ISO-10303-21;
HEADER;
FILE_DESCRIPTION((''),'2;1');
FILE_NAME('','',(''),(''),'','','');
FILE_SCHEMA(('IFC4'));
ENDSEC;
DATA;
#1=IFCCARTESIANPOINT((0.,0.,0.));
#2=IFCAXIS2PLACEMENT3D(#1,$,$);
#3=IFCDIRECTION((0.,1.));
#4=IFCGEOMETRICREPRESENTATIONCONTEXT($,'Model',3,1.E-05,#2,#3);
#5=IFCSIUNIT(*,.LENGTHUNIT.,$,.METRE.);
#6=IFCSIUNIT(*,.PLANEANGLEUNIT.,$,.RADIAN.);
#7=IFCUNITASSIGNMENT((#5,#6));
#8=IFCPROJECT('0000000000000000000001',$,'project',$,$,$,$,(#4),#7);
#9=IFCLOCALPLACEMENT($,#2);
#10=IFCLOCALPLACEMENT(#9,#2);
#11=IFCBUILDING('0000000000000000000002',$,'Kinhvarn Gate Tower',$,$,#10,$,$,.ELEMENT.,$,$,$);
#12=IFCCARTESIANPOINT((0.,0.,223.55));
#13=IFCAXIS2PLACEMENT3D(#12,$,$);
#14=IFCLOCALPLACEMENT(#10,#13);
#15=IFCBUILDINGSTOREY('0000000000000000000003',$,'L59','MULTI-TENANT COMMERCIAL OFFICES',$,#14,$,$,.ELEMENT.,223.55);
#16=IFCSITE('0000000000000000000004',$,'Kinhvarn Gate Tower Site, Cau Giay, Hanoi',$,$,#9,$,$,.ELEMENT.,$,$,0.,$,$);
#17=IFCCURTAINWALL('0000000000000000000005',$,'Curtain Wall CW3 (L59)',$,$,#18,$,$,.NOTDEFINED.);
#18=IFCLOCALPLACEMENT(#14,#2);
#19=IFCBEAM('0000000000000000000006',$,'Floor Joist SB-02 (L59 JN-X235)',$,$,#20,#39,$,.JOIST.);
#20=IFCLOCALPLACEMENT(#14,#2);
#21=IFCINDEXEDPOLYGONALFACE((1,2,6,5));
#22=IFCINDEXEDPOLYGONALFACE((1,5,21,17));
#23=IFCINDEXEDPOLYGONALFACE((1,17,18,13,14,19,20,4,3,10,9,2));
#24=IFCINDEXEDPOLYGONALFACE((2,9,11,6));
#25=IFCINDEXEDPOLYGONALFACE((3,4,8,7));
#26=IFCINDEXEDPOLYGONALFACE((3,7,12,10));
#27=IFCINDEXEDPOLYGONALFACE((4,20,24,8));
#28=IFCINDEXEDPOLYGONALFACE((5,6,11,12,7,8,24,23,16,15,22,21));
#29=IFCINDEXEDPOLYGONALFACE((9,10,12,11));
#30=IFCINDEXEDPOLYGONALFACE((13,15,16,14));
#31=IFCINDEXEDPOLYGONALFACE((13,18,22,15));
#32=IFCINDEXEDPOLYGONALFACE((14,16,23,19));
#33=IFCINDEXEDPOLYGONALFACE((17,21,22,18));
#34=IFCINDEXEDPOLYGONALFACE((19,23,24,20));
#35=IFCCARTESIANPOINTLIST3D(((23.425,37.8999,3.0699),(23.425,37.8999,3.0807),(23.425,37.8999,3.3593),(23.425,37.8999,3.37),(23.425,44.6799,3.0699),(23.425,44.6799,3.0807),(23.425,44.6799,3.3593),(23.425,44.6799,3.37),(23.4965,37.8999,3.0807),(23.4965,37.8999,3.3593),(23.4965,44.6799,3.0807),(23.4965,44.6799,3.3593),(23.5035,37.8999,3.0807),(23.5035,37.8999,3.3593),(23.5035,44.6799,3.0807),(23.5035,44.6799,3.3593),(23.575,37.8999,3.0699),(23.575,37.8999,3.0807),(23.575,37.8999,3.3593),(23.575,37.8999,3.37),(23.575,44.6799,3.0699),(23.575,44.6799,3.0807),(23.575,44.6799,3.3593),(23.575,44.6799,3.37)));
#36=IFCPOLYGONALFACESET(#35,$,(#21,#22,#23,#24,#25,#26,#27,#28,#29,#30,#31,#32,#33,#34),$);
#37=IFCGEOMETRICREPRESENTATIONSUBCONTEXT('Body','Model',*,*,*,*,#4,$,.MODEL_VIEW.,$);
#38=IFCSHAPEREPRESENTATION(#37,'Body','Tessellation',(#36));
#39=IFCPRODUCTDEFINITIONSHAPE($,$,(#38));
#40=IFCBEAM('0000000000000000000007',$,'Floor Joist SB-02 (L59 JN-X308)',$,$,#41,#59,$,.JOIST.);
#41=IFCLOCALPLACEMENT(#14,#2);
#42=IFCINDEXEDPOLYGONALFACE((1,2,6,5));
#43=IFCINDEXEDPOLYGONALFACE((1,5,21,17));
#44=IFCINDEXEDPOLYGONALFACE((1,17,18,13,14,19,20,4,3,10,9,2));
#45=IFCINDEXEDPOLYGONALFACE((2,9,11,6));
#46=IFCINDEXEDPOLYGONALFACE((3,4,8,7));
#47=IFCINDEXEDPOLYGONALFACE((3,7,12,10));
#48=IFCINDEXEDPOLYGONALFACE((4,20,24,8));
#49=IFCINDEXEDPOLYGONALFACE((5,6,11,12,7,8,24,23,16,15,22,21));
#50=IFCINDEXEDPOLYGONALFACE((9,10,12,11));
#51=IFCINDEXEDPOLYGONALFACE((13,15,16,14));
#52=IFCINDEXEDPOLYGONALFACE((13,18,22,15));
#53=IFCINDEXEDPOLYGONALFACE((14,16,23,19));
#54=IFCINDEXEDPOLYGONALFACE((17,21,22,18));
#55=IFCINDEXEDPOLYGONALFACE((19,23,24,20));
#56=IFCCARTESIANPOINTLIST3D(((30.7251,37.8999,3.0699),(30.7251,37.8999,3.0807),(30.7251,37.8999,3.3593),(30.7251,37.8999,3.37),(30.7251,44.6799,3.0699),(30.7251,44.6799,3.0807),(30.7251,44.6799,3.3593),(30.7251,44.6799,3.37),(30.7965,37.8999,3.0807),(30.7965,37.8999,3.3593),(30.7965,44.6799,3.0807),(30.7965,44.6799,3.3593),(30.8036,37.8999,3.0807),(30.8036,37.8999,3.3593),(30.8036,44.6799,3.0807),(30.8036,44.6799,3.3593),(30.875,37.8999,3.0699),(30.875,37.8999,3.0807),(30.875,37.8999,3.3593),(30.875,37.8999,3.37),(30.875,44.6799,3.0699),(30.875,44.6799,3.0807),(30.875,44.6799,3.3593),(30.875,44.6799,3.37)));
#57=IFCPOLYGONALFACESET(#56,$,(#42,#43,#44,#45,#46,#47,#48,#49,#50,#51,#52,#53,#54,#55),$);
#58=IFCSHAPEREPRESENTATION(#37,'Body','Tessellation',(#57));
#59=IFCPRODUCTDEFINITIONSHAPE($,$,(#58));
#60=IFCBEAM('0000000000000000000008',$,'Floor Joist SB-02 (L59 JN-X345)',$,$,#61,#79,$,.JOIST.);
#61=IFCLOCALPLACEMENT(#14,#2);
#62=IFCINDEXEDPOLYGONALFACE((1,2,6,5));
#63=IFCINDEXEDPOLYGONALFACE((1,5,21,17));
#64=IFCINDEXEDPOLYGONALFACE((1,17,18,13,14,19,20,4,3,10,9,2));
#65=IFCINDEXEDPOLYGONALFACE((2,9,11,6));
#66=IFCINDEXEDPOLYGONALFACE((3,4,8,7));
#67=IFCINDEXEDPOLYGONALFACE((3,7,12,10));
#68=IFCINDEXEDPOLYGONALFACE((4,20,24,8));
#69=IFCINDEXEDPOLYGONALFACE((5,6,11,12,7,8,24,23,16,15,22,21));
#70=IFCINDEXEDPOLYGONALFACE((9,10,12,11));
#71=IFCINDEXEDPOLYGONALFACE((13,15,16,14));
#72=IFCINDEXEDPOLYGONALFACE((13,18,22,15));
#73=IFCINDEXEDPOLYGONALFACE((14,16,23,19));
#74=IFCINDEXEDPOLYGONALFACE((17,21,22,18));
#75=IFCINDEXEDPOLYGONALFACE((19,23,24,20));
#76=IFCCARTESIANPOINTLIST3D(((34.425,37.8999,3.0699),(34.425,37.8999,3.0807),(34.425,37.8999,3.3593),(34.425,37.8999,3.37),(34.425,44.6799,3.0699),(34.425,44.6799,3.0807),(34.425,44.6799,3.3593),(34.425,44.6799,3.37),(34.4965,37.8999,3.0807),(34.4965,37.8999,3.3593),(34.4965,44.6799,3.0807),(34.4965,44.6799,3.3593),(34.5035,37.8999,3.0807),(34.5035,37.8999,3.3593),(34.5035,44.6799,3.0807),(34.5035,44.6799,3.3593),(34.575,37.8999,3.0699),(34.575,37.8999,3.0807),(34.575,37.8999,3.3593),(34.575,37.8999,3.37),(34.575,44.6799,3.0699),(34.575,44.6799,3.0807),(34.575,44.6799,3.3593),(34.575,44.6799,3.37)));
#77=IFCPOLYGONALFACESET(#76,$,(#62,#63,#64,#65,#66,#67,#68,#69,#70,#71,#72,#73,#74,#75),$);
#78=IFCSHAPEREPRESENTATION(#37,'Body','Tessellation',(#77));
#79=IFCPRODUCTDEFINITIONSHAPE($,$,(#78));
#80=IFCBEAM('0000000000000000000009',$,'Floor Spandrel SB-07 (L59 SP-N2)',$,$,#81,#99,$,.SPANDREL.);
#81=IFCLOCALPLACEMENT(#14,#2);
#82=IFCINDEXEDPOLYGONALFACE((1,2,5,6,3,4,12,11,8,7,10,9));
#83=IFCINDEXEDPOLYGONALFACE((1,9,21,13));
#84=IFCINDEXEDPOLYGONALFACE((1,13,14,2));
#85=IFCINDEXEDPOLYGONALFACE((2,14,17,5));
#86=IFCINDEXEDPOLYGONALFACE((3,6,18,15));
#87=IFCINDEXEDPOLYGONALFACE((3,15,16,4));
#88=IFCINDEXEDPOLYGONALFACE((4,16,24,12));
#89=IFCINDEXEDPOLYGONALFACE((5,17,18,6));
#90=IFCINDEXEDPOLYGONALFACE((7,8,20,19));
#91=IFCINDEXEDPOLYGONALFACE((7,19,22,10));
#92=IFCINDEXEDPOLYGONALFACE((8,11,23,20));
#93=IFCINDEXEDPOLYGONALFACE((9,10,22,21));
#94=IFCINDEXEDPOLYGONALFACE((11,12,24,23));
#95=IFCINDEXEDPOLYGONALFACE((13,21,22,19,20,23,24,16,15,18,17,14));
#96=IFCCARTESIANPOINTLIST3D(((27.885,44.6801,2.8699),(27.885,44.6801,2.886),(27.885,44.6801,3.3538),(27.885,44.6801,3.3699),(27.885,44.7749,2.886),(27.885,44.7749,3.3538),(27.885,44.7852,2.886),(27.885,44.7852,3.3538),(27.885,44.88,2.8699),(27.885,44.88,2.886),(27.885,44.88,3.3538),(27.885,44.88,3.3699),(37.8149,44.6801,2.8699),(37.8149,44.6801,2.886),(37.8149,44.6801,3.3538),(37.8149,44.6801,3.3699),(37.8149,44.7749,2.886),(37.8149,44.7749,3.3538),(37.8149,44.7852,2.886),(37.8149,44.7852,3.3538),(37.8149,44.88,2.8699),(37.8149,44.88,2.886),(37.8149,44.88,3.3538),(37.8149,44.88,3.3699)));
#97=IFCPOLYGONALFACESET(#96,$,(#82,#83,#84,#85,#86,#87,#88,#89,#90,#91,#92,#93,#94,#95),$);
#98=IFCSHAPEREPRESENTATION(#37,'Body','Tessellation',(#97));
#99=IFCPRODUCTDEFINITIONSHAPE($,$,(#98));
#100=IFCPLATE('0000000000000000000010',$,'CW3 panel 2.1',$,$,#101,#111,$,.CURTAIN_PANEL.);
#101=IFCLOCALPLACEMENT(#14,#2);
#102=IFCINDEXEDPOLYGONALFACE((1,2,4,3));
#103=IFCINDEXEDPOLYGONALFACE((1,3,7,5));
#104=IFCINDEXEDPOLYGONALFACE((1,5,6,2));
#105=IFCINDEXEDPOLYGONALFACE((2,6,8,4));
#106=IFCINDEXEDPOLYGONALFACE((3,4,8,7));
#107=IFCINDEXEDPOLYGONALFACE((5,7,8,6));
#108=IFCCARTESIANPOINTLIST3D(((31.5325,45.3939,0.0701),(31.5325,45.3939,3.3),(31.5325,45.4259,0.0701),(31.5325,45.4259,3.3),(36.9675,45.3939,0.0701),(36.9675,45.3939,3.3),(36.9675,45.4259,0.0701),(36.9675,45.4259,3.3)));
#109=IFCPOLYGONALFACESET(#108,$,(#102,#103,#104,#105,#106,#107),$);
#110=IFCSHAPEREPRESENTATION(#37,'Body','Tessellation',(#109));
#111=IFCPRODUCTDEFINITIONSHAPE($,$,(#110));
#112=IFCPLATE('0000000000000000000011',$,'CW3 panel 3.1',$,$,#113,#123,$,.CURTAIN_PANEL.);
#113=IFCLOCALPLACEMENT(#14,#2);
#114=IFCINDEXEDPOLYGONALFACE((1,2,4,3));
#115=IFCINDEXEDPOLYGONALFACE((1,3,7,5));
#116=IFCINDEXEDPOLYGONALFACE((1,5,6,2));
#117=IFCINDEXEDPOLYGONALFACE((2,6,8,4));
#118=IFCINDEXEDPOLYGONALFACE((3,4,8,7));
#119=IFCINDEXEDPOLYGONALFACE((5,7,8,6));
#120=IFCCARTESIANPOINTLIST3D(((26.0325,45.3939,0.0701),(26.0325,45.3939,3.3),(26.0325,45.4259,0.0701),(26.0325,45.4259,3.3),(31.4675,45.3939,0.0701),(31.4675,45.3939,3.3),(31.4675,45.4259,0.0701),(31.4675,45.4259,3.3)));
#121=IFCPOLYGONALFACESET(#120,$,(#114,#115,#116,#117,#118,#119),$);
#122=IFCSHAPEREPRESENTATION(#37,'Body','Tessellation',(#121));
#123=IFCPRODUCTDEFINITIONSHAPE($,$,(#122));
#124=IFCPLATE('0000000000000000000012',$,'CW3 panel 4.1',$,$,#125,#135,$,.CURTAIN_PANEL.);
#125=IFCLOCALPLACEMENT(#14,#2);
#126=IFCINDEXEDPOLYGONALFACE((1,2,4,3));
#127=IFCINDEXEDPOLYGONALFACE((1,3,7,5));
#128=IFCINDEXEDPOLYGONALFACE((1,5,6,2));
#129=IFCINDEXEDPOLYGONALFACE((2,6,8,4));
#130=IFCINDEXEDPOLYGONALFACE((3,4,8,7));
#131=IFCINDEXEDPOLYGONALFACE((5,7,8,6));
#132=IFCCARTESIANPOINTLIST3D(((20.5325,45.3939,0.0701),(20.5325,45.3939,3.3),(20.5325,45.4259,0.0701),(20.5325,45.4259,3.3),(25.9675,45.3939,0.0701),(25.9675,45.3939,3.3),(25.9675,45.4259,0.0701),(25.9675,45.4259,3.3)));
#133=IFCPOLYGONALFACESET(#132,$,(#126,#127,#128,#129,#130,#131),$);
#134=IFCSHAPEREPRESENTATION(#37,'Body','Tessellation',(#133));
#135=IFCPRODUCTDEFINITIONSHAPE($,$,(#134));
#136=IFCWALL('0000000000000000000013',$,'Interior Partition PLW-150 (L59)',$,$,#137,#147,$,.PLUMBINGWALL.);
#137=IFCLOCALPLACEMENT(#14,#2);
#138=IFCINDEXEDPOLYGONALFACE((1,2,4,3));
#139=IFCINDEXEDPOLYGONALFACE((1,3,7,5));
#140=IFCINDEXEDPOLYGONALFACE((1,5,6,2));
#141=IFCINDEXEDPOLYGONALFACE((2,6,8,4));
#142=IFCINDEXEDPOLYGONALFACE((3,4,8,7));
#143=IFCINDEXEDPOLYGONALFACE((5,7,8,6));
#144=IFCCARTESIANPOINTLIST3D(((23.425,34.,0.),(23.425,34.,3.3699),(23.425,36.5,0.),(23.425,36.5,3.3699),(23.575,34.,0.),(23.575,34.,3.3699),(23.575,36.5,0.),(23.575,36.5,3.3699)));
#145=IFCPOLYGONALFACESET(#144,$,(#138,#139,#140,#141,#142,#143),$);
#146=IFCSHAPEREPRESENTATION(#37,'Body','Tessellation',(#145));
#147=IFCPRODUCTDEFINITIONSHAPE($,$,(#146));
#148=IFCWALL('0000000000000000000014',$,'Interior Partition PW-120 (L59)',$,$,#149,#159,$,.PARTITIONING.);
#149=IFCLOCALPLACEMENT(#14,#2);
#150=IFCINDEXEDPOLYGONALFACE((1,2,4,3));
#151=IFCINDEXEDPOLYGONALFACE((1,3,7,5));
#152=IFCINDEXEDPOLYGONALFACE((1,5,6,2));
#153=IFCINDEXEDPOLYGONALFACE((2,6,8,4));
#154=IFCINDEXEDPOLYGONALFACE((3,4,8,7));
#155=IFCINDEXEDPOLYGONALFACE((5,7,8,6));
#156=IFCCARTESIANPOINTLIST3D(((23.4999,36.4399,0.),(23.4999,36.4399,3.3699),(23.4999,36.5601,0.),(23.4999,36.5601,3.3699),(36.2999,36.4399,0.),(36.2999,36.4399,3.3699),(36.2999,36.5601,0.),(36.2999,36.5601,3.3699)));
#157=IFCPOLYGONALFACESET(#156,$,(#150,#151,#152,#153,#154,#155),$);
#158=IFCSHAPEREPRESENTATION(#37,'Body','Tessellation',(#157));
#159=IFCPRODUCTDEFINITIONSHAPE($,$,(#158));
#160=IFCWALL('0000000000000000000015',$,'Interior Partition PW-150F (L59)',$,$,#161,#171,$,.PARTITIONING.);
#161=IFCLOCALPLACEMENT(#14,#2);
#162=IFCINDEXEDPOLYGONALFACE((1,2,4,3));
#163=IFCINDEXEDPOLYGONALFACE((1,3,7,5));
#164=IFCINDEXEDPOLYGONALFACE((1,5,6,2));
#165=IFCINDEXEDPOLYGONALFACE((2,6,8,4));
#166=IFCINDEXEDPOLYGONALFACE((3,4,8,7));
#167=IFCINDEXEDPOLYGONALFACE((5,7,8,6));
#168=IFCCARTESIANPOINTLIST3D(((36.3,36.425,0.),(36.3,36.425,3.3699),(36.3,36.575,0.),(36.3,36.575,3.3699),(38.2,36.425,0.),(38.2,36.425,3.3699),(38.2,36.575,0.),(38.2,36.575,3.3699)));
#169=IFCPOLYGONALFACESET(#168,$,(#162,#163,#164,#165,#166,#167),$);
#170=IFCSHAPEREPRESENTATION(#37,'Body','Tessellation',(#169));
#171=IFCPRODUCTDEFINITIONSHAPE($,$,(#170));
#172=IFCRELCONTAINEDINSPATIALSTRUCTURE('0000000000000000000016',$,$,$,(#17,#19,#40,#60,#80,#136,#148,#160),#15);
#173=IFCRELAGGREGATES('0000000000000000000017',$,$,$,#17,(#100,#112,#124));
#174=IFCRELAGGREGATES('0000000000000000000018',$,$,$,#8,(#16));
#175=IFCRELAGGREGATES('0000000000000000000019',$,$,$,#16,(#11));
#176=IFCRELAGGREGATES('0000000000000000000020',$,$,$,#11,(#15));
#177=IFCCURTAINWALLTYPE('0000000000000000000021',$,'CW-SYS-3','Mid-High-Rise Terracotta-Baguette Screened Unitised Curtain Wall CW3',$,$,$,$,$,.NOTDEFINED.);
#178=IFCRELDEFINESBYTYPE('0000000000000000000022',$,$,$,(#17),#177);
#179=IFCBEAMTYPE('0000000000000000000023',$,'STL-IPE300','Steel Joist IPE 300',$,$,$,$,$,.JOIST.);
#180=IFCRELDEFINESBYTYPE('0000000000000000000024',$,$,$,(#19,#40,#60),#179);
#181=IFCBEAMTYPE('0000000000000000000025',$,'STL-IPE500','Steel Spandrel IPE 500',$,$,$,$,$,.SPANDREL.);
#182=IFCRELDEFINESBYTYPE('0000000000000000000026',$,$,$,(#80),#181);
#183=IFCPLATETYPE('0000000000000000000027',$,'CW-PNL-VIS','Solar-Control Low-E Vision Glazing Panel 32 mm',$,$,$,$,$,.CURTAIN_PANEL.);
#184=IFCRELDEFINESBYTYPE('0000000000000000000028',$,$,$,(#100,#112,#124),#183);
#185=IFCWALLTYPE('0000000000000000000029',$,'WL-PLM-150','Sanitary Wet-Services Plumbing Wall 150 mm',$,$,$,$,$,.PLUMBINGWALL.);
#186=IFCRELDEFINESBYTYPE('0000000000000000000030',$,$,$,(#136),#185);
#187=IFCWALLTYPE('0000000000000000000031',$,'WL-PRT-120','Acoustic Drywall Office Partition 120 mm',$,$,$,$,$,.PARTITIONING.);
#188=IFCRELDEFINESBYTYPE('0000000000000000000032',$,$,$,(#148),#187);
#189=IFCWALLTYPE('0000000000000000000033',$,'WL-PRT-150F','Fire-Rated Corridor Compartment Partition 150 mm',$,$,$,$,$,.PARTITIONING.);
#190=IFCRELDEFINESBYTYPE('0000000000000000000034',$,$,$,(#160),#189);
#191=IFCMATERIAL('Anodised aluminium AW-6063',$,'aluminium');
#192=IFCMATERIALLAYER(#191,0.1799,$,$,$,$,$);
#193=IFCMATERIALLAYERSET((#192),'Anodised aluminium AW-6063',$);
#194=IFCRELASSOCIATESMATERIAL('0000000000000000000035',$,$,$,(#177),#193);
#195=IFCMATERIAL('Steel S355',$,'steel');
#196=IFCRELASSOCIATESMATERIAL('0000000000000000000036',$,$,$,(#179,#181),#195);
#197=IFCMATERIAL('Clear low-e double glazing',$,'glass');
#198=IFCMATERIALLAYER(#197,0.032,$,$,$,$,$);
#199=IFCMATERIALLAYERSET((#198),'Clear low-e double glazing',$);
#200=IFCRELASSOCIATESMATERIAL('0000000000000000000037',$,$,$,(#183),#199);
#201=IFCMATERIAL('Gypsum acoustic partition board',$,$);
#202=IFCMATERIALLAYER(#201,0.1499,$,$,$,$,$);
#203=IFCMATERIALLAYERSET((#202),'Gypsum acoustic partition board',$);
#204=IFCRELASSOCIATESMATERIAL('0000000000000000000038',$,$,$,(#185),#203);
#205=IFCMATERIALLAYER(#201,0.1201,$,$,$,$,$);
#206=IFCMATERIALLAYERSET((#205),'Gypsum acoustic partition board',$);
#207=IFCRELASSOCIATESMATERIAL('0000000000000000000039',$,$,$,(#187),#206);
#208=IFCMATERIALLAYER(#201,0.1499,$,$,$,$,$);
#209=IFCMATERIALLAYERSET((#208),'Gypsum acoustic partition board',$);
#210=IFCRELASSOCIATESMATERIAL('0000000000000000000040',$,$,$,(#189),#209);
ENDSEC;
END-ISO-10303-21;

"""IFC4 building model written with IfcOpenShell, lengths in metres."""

from ifc_helpers import new_model, si_unit, direction, frame, frame_2d, origin, origin_2d, place, context, subcontext, project, spatial, rectangle, i_section, extrude, material, layer, layer_set, material_profile, profile_set, type_object, element, aggregate, save


model = new_model("IFC4")

# Units and contexts
model_context = context("Model", 3, precision=1e-05, world=origin(), true_north=direction((0.0, 1.0)))
body_context = subcontext(model_context, "Body", "Model", "MODEL_VIEW")
ifc_project = project(units=[si_unit("LENGTHUNIT", "METRE"), si_unit("PLANEANGLEUNIT", "RADIAN")], contexts=[model_context])

# Site, building, storey
site_placement = place(None, origin())
site = spatial("IfcSite", under=ifc_project, at=site_placement, Name="Kinhvarn Gate Tower Site, Cau Giay, Hanoi", CompositionType="ELEMENT", RefElevation=0.0)
building_placement = place(site_placement, origin())
building = spatial("IfcBuilding", under=site, at=building_placement, Name="Kinhvarn Gate Tower", CompositionType="ELEMENT")
storey_placement = place(building_placement, frame((0.0, 0.0, 223.55)))
storey = spatial("IfcBuildingStorey", under=building, at=storey_placement, Name="L59", Description="MULTI-TENANT COMMERCIAL OFFICES", CompositionType="ELEMENT", Elevation=223.55)

# Curtain wall
ifc_material_1 = material(Name="Anodised aluminium AW-6063", Category="aluminium")
ifc_layer_1 = layer(ifc_material_1, 0.1799)
ifc_layer_set_1 = layer_set([ifc_layer_1], Name="Anodised aluminium AW-6063")
curtain_wall_type = type_object("IfcCurtainWallType", Name="CW-SYS-3", Description="Mid-High-Rise Terracotta-Baguette Screened Unitised Curtain Wall CW3", PredefinedType="NOTDEFINED", material=ifc_layer_set_1)
curtain_wall_placement = place(storey_placement, origin())
curtain_wall = element("IfcCurtainWall", 1, at=curtain_wall_placement, inside=storey, type_object=curtain_wall_type, Name="Curtain Wall CW3 (L59)", PredefinedType="NOTDEFINED")

# Beams
ifc_material_2 = material(Name="Steel S355", Category="steel")
ifc_material_profile_1 = material_profile(ifc_material_2, i_section(OverallWidth=0.1499, OverallDepth=0.3, WebThickness=0.0071, FlangeThickness=0.0107, at=origin_2d()), Name="IPE 300")
ifc_profile_set_1 = profile_set([ifc_material_profile_1], Name="Steel S355")
beam_type_1 = type_object("IfcBeamType", Name="STL-IPE300", Description="Steel Joist IPE 300", PredefinedType="JOIST", material=ifc_profile_set_1)
for number, where, z_axis, x_axis, name in (
    (2, (23.5, 37.8999, 3.22), (0.0, 1.0, 0.0), (-1.0, 0.0, 0.0), "Floor Joist SB-02 (L59 JN-X235)"),
    (3, (30.8, 37.8999, 3.22), (0.0, 1.0, 0.0), (-1.0, 0.0, 0.0), "Floor Joist SB-02 (L59 JN-X308)"),
    (4, (34.5, 37.8999, 3.22), (0.0, 1.0, 0.0), (-1.0, 0.0, 0.0), "Floor Joist SB-02 (L59 JN-X345)"),
):
    element("IfcBeam", number, at=place(storey_placement, frame(where, z_axis=z_axis, x_axis=x_axis)), inside=storey, type_object=beam_type_1, Name=name, PredefinedType="JOIST", context=body_context, shape_type="SweptSolid", body=[
        extrude(i_section(OverallWidth=0.1499, OverallDepth=0.3, WebThickness=0.0071, FlangeThickness=0.0107, at=origin_2d()), origin(), (0.0, 0.0, 1.0), 6.78),
    ])
ifc_material_profile_2 = material_profile(ifc_material_2, i_section(OverallWidth=0.2, OverallDepth=0.5, WebThickness=0.0103, FlangeThickness=0.0161, at=origin_2d()), Name="IPE 500")
ifc_profile_set_2 = profile_set([ifc_material_profile_2], Name="Steel S355")
beam_type_2 = type_object("IfcBeamType", Name="STL-IPE500", Description="Steel Spandrel IPE 500", PredefinedType="SPANDREL", material=ifc_profile_set_2)
beam_1_placement = place(storey_placement, frame((27.885, 44.78, 3.1199), z_axis=(1.0, 0.0, 0.0), x_axis=(0.0, 1.0, 0.0)))
element("IfcBeam", 5, at=beam_1_placement, inside=storey, type_object=beam_type_2, Name="Floor Spandrel SB-07 (L59 SP-N2)", PredefinedType="SPANDREL", context=body_context, shape_type="SweptSolid", body=[
    extrude(i_section(OverallWidth=0.2, OverallDepth=0.5, WebThickness=0.0103, FlangeThickness=0.0161, at=origin_2d()), origin(), (0.0, 0.0, 1.0), 9.9299),
])

# Plates
ifc_material_3 = material(Name="Clear low-e double glazing", Category="glass")
ifc_layer_2 = layer(ifc_material_3, 0.032)
ifc_layer_set_2 = layer_set([ifc_layer_2], Name="Clear low-e double glazing")
plate_type = type_object("IfcPlateType", Name="CW-PNL-VIS", Description="Solar-Control Low-E Vision Glazing Panel 32 mm", PredefinedType="CURTAIN_PANEL", material=ifc_layer_set_2)
plate_1_placement = place(storey_placement, frame((34.25, 45.4099, 0.0701), z_axis=(0.0, 0.0, 1.0), x_axis=(-1.0, 0.0, 0.0)))
plate_1 = element("IfcPlate", 6, at=plate_1_placement, type_object=plate_type, Name="CW3 panel 2.1", PredefinedType="CURTAIN_PANEL", context=body_context, shape_type="SweptSolid", body=[
    extrude(rectangle(XDim=5.4351, YDim=0.032, at=origin_2d()), origin(), (0.0, 0.0, 1.0), 3.23),
])
plate_2_placement = place(storey_placement, frame((28.75, 45.4099, 0.0701), z_axis=(0.0, 0.0, 1.0), x_axis=(-1.0, 0.0, 0.0)))
plate_2 = element("IfcPlate", 7, at=plate_2_placement, type_object=plate_type, Name="CW3 panel 3.1", PredefinedType="CURTAIN_PANEL", context=body_context, shape_type="SweptSolid", body=[
    extrude(rectangle(XDim=5.4351, YDim=0.032, at=origin_2d()), origin(), (0.0, 0.0, 1.0), 3.23),
])
plate_3_placement = place(storey_placement, frame((23.25, 45.4099, 0.0701), z_axis=(0.0, 0.0, 1.0), x_axis=(-1.0, 0.0, 0.0)))
plate_3 = element("IfcPlate", 8, at=plate_3_placement, type_object=plate_type, Name="CW3 panel 4.1", PredefinedType="CURTAIN_PANEL", context=body_context, shape_type="SweptSolid", body=[
    extrude(rectangle(XDim=5.4351, YDim=0.032, at=origin_2d()), origin(), (0.0, 0.0, 1.0), 3.23),
])
aggregate(curtain_wall, [plate_1, plate_2, plate_3])

# Walls
ifc_material_4 = material(Name="Gypsum acoustic partition board")
ifc_layer_3 = layer(ifc_material_4, 0.1499)
ifc_layer_set_3 = layer_set([ifc_layer_3], Name="Gypsum acoustic partition board")
wall_type_1 = type_object("IfcWallType", Name="WL-PLM-150", Description="Sanitary Wet-Services Plumbing Wall 150 mm", PredefinedType="PLUMBINGWALL", material=ifc_layer_set_3)
wall_1_placement = place(storey_placement, frame((23.5, 34.0, 0.0), z_axis=(0.0, 0.0, 1.0), x_axis=(0.0, 1.0, 0.0)))
element("IfcWall", 9, at=wall_1_placement, inside=storey, type_object=wall_type_1, Name="Interior Partition PLW-150 (L59)", PredefinedType="PLUMBINGWALL", context=body_context, shape_type="SweptSolid", body=[
    extrude(rectangle(XDim=2.5, YDim=0.1499, at=frame_2d((1.25, 0.0))), origin(), (0.0, 0.0, 1.0), 3.3699),
])
ifc_layer_4 = layer(ifc_material_4, 0.1201)
ifc_layer_set_4 = layer_set([ifc_layer_4], Name="Gypsum acoustic partition board")
wall_type_2 = type_object("IfcWallType", Name="WL-PRT-120", Description="Acoustic Drywall Office Partition 120 mm", PredefinedType="PARTITIONING", material=ifc_layer_set_4)
wall_2_placement = place(storey_placement, frame((23.5, 36.5, 0.0), z_axis=(0.0, 0.0, 1.0), x_axis=(1.0, 0.0, 0.0)))
element("IfcWall", 10, at=wall_2_placement, inside=storey, type_object=wall_type_2, Name="Interior Partition PW-120 (L59)", PredefinedType="PARTITIONING", context=body_context, shape_type="SweptSolid", body=[
    extrude(rectangle(XDim=12.8, YDim=0.1201, at=frame_2d((6.3999, 0.0))), origin(), (0.0, 0.0, 1.0), 3.3699),
])

# Shared definitions
ifc_layer_5 = layer(ifc_material_4, 0.1499)
ifc_layer_set_5 = layer_set([ifc_layer_5], Name="Gypsum acoustic partition board")
wall_type_3 = type_object("IfcWallType", Name="WL-PRT-150F", Description="Fire-Rated Corridor Compartment Partition 150 mm", PredefinedType="PARTITIONING", material=ifc_layer_set_5)

# Wall
wall_3_placement = place(storey_placement, frame((36.3, 36.5, 0.0), z_axis=(0.0, 0.0, 1.0), x_axis=(1.0, 0.0, 0.0)))
element("IfcWall", 11, at=wall_3_placement, inside=storey, type_object=wall_type_3, Name="Interior Partition PW-150F (L59)", PredefinedType="PARTITIONING", context=body_context, shape_type="SweptSolid", body=[
    extrude(rectangle(XDim=1.8999, YDim=0.1499, at=frame_2d((0.95, 0.0))), origin(), (0.0, 0.0, 1.0), 3.3699),
])

save(model, "model.ifc")
